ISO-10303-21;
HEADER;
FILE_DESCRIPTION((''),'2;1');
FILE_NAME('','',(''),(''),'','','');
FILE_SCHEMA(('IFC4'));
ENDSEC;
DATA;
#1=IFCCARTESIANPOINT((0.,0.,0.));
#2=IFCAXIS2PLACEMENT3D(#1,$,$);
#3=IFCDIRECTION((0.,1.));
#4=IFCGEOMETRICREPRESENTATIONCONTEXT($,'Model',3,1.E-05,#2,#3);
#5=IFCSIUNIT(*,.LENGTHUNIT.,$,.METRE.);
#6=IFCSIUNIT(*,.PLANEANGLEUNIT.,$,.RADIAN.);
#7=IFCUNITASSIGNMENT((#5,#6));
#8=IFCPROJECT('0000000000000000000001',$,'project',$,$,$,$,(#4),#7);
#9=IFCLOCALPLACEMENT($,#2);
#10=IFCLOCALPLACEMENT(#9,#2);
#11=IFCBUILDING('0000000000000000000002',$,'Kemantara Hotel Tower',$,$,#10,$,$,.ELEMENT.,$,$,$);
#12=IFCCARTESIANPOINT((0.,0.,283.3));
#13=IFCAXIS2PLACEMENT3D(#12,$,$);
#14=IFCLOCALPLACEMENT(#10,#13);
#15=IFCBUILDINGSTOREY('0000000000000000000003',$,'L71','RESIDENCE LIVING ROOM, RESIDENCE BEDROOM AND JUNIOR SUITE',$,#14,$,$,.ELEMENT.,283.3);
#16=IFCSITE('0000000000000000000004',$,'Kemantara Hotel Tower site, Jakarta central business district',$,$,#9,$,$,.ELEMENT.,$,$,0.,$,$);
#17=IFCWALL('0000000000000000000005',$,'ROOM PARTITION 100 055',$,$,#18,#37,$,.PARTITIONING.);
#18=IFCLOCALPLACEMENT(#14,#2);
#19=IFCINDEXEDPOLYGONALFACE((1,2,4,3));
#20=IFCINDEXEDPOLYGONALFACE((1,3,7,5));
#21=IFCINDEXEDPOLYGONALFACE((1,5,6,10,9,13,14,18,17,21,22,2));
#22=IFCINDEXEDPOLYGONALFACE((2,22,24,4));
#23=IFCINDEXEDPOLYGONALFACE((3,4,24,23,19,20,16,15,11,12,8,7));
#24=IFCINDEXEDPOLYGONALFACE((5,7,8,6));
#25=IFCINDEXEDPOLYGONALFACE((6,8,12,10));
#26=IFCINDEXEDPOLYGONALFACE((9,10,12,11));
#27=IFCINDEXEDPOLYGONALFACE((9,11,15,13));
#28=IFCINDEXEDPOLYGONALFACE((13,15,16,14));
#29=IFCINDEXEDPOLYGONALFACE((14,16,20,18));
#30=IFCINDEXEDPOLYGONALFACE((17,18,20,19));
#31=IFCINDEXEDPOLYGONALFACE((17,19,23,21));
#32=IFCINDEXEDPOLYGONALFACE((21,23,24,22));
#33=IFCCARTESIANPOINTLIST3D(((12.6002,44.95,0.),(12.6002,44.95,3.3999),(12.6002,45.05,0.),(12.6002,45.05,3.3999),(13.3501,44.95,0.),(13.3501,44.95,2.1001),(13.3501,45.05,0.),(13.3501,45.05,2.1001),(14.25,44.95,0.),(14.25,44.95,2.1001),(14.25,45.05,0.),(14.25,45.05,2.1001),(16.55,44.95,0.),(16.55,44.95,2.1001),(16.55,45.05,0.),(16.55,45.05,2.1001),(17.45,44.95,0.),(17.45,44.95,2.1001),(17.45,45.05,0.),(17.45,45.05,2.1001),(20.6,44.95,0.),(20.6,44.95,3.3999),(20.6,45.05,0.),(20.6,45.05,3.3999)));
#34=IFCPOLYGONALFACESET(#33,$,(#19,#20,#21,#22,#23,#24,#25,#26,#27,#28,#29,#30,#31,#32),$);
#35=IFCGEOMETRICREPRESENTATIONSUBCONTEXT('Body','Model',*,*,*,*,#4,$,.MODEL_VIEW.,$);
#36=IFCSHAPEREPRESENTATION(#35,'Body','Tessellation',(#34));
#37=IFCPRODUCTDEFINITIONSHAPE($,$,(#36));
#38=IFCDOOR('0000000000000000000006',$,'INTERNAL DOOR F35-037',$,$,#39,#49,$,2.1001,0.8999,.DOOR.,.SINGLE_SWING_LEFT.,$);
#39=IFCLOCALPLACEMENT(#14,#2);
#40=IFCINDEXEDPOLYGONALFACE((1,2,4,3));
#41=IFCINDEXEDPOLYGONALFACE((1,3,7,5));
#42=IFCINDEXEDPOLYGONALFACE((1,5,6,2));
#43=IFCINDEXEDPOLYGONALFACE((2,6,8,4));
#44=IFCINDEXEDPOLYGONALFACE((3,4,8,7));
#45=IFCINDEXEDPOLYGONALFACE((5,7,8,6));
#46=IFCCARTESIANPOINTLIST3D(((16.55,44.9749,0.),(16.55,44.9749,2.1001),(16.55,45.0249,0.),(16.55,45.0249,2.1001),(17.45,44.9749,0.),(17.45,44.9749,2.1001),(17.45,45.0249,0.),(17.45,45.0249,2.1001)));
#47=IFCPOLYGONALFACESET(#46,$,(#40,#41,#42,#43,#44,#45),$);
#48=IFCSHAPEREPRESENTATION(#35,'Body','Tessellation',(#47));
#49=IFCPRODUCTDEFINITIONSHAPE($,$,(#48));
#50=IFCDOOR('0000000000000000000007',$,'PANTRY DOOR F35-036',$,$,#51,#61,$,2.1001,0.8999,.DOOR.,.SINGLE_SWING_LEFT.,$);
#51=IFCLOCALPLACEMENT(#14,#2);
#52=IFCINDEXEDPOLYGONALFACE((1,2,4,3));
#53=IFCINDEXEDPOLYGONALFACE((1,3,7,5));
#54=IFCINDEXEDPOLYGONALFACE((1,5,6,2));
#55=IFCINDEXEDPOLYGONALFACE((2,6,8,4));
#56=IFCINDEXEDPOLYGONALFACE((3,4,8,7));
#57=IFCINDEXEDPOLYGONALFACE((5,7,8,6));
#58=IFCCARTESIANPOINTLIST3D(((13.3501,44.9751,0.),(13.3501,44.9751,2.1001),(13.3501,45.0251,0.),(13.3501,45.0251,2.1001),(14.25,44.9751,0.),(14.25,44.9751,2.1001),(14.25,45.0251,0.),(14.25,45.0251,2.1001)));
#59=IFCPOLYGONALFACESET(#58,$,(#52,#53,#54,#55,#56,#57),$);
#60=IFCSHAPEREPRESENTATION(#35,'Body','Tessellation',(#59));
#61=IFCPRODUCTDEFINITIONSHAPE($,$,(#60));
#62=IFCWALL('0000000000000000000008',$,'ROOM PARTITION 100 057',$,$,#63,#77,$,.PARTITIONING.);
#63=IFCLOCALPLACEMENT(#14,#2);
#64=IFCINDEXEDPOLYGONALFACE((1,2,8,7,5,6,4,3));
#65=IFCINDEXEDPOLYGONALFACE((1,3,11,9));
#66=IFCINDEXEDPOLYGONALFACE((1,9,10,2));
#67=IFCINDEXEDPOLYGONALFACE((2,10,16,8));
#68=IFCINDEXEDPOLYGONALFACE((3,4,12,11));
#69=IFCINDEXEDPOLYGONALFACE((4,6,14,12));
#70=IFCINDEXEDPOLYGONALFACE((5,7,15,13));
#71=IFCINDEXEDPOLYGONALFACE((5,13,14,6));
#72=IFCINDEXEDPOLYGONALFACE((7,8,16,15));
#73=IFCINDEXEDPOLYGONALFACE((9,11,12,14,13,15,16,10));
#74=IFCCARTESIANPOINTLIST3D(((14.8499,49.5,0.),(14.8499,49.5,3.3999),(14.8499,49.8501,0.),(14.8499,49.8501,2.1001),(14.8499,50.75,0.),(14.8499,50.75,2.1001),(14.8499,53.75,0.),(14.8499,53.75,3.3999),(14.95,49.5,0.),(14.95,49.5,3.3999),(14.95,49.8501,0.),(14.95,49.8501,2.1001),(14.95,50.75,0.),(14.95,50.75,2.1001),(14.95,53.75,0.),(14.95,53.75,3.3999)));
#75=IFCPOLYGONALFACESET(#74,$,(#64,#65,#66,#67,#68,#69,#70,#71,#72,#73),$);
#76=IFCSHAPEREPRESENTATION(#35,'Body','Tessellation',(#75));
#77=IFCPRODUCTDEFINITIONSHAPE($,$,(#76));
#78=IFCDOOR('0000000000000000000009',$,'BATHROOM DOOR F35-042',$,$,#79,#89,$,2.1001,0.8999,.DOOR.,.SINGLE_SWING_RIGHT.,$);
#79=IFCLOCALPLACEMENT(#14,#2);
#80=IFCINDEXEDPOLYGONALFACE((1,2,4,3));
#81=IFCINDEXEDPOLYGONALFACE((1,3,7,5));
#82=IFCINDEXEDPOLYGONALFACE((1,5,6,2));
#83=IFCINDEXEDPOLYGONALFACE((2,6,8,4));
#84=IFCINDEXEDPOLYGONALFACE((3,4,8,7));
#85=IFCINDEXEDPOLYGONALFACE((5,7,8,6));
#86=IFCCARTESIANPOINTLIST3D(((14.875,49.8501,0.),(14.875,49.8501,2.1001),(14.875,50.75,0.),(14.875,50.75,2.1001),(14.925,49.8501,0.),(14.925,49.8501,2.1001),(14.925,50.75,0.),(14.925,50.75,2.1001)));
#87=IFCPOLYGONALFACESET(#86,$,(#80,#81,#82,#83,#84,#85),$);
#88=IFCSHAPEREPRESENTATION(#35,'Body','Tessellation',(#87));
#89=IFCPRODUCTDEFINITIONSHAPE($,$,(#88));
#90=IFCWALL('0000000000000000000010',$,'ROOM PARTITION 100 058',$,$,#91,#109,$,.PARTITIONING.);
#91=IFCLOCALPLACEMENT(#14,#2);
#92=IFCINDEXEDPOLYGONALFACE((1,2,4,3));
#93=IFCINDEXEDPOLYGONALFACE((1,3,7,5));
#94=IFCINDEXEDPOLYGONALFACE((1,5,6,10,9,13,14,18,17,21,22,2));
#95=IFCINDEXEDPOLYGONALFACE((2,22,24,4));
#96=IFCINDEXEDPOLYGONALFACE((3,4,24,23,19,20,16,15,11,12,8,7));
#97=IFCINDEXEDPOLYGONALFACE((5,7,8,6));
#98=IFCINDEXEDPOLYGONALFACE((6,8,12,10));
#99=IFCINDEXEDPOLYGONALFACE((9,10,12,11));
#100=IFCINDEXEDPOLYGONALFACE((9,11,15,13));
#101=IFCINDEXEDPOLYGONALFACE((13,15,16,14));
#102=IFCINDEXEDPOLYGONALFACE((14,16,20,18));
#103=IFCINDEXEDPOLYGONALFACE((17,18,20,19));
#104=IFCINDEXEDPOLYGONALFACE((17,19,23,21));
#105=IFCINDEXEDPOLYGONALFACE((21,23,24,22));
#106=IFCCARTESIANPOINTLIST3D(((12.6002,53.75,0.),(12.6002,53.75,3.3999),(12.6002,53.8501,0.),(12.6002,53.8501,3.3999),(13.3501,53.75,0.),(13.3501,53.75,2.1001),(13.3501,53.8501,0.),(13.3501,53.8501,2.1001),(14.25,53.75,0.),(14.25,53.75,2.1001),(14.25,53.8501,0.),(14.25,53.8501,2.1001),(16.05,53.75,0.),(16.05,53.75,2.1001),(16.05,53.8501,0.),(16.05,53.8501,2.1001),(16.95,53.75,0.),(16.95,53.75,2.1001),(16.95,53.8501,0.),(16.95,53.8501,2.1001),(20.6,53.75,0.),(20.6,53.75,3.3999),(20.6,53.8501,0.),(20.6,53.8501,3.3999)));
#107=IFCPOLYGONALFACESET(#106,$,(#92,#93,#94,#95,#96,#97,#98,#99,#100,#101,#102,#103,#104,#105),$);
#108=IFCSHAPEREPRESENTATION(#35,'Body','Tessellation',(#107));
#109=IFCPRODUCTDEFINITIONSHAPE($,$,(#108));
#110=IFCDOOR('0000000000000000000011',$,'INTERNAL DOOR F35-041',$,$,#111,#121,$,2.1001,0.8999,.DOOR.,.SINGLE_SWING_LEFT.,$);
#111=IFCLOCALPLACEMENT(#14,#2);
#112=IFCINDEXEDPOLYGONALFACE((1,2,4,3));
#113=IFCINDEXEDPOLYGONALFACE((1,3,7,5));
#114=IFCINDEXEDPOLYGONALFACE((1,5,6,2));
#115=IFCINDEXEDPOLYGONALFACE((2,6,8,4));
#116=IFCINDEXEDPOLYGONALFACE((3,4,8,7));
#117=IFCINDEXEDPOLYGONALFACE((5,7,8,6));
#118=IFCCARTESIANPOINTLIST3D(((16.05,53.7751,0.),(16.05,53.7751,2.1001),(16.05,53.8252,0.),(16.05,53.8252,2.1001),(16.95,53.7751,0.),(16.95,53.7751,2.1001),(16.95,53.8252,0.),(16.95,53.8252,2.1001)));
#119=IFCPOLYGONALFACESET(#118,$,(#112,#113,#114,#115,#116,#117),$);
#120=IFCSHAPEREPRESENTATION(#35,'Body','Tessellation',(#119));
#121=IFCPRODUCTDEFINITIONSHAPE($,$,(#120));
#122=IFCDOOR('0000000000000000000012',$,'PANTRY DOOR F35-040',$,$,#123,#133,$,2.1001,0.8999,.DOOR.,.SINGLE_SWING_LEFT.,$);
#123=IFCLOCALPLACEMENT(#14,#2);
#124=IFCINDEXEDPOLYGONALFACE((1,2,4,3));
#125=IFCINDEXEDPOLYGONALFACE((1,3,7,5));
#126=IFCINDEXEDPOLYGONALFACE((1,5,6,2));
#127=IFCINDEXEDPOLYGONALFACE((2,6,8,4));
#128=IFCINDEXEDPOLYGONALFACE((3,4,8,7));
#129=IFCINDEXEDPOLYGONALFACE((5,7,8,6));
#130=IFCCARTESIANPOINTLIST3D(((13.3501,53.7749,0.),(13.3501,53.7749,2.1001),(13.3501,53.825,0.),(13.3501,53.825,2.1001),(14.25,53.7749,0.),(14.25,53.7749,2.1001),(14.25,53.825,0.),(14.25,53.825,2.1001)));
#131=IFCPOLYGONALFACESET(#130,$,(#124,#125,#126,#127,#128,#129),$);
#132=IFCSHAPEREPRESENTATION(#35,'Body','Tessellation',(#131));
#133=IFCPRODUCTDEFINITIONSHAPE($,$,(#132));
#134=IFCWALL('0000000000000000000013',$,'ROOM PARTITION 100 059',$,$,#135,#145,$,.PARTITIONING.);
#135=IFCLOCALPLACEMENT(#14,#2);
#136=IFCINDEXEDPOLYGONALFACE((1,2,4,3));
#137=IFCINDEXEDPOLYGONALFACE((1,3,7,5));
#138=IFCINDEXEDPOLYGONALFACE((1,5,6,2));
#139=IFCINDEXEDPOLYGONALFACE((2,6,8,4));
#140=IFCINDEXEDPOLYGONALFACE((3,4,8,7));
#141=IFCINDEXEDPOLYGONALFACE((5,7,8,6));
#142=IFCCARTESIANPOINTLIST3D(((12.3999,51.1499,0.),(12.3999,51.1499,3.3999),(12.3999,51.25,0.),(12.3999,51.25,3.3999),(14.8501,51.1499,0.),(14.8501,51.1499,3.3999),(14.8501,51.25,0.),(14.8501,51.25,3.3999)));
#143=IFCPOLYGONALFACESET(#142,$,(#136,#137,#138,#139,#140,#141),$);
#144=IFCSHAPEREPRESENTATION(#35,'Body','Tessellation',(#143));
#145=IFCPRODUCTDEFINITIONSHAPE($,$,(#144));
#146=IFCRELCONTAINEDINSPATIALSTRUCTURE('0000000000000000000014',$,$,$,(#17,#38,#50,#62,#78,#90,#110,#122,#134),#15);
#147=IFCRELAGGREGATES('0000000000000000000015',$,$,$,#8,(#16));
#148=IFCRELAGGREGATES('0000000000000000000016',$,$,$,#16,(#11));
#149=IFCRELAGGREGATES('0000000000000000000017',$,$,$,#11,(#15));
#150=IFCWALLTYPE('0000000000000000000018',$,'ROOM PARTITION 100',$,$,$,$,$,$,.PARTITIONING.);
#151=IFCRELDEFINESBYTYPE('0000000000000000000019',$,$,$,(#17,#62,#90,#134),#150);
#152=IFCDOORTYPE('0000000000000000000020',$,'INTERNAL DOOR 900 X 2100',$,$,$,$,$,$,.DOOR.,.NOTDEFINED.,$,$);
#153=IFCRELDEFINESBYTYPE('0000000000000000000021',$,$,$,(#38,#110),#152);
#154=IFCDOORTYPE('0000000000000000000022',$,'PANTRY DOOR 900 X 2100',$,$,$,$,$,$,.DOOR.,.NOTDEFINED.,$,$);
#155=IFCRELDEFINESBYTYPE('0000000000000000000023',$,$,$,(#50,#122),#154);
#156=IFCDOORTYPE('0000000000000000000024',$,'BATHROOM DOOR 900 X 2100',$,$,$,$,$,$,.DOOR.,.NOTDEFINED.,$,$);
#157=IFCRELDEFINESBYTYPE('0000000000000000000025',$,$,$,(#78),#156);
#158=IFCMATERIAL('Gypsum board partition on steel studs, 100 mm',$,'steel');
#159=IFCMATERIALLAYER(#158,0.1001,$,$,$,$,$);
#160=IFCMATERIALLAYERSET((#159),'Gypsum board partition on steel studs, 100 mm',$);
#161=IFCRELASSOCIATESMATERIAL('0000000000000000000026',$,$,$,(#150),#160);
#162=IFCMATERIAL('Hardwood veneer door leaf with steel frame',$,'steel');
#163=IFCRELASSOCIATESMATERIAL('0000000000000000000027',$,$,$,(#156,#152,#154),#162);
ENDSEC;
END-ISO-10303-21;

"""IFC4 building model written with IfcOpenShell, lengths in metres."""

from ifc_helpers import new_model, si_unit, direction, frame, frame_2d, origin, place, context, subcontext, project, spatial, rectangle, extrude, material, layer, layer_set, type_object, element, fill, save


model = new_model("IFC4")

# Units and contexts
model_context = context("Model", 3, precision=1e-05, world=origin(), true_north=direction((0.0, 1.0)))
body_context = subcontext(model_context, "Body", "Model", "MODEL_VIEW")
ifc_project = project(units=[si_unit("LENGTHUNIT", "METRE"), si_unit("PLANEANGLEUNIT", "RADIAN")], contexts=[model_context])

# Site, building, storey
site_placement = place(None, origin())
site = spatial("IfcSite", under=ifc_project, at=site_placement, Name="Kemantara Hotel Tower site, Jakarta central business district", CompositionType="ELEMENT", RefElevation=0.0)
building_placement = place(site_placement, origin())
building = spatial("IfcBuilding", under=site, at=building_placement, Name="Kemantara Hotel Tower", CompositionType="ELEMENT")
storey_placement = place(building_placement, frame((0.0, 0.0, 283.3)))
storey = spatial("IfcBuildingStorey", under=building, at=storey_placement, Name="L71", Description="RESIDENCE LIVING ROOM, RESIDENCE BEDROOM AND JUNIOR SUITE", CompositionType="ELEMENT", Elevation=283.3)

# Shared definitions
ifc_material_1 = material(Name="Gypsum board partition on steel studs, 100 mm", Category="steel")
ifc_layer_1 = layer(ifc_material_1, 0.1001)
ifc_layer_set_1 = layer_set([ifc_layer_1], Name="Gypsum board partition on steel studs, 100 mm")
wall_type = type_object("IfcWallType", Name="ROOM PARTITION 100", PredefinedType="PARTITIONING", material=ifc_layer_set_1)
ifc_material_2 = material(Name="Hardwood veneer door leaf with steel frame", Category="steel")
door_type_1 = type_object("IfcDoorType", Name="BATHROOM DOOR 900 X 2100", OperationType="NOTDEFINED", PredefinedType="DOOR", material=ifc_material_2)

# Wall, openings, doors
wall_1_placement = place(storey_placement, frame((12.6001, 45.0, 0.0), z_axis=(0.0, 0.0, 1.0), x_axis=(1.0, 0.0, 0.0)))
wall_1 = element("IfcWall", 1, at=wall_1_placement, inside=storey, type_object=wall_type, Name="ROOM PARTITION 100 055", PredefinedType="PARTITIONING", context=body_context, shape_type="SweptSolid", body=[
    extrude(rectangle(XDim=7.9998, YDim=0.1001, at=frame_2d((4.0, 0.0))), origin(), (0.0, 0.0, 1.0), 3.3999),
])
opening_1_placement = place(wall_1_placement, frame((0.75, 0.0, 0.0)))
opening_1 = element("IfcOpeningElement", 2, at=opening_1_placement, cuts=wall_1, PredefinedType="OPENING", context=body_context, shape_type="SweptSolid", body=[
    extrude(rectangle(XDim=0.8999, YDim=2.1001, at=frame_2d((0.45, 1.05))), frame((0.0, 0.0601, 0.0), z_axis=(0.0, -1.0, 0.0), x_axis=(1.0, 0.0, 0.0)), (0.0, 0.0, 1.0), 0.1201),
])
opening_2_placement = place(wall_1_placement, frame((3.95, 0.0, 0.0)))
opening_2 = element("IfcOpeningElement", 3, at=opening_2_placement, cuts=wall_1, PredefinedType="OPENING", context=body_context, shape_type="SweptSolid", body=[
    extrude(rectangle(XDim=0.8999, YDim=2.1001, at=frame_2d((0.45, 1.05))), frame((0.0, 0.0601, 0.0), z_axis=(0.0, -1.0, 0.0), x_axis=(1.0, 0.0, 0.0)), (0.0, 0.0, 1.0), 0.1201),
])
door_type_2 = type_object("IfcDoorType", Name="INTERNAL DOOR 900 X 2100", OperationType="NOTDEFINED", PredefinedType="DOOR", material=ifc_material_2)
door_1_placement = place(opening_2_placement, origin())
door_1 = element("IfcDoor", 4, at=door_1_placement, inside=storey, type_object=door_type_2, Name="INTERNAL DOOR F35-037", OperationType="SINGLE_SWING_LEFT", OverallHeight=2.1001, OverallWidth=0.8999, PredefinedType="DOOR", context=body_context, shape_type="SweptSolid", body=[
    extrude(rectangle(XDim=0.8999, YDim=2.1001, at=frame_2d((0.45, 1.05))), frame((0.0, 0.0249, 0.0), z_axis=(0.0, -1.0, 0.0), x_axis=(1.0, 0.0, 0.0)), (0.0, 0.0, 1.0), 0.05),
])
fill(opening_2, door_1)
door_type_3 = type_object("IfcDoorType", Name="PANTRY DOOR 900 X 2100", OperationType="NOTDEFINED", PredefinedType="DOOR", material=ifc_material_2)
door_2_placement = place(opening_1_placement, frame((0.8999, 0.0, 0.0), z_axis=(0.0, 0.0, 1.0), x_axis=(-1.0, 0.0, 0.0)))
door_2 = element("IfcDoor", 5, at=door_2_placement, inside=storey, type_object=door_type_3, Name="PANTRY DOOR F35-036", OperationType="SINGLE_SWING_LEFT", OverallHeight=2.1001, OverallWidth=0.8999, PredefinedType="DOOR", context=body_context, shape_type="SweptSolid", body=[
    extrude(rectangle(XDim=0.8999, YDim=2.1001, at=frame_2d((0.45, 1.05))), frame((0.0, 0.0249, 0.0), z_axis=(0.0, -1.0, 0.0), x_axis=(1.0, 0.0, 0.0)), (0.0, 0.0, 1.0), 0.05),
])
fill(opening_1, door_2)

# Wall, opening, door
wall_2_placement = place(storey_placement, frame((14.8999, 49.5, 0.0), z_axis=(0.0, 0.0, 1.0), x_axis=(0.0, 1.0, 0.0)))
wall_2 = element("IfcWall", 6, at=wall_2_placement, inside=storey, type_object=wall_type, Name="ROOM PARTITION 100 057", PredefinedType="PARTITIONING", context=body_context, shape_type="SweptSolid", body=[
    extrude(rectangle(XDim=4.25, YDim=0.1001, at=frame_2d((2.125, 0.0))), origin(), (0.0, 0.0, 1.0), 3.3999),
])
opening_3_placement = place(wall_2_placement, frame((0.3501, 0.0, 0.0)))
opening_3 = element("IfcOpeningElement", 7, at=opening_3_placement, cuts=wall_2, PredefinedType="OPENING", context=body_context, shape_type="SweptSolid", body=[
    extrude(rectangle(XDim=0.8999, YDim=2.1001, at=frame_2d((0.45, 1.05))), frame((0.0, 0.0601, 0.0), z_axis=(0.0, -1.0, 0.0), x_axis=(1.0, 0.0, 0.0)), (0.0, 0.0, 1.0), 0.1201),
])
door_3_placement = place(opening_3_placement, origin())
door_3 = element("IfcDoor", 8, at=door_3_placement, inside=storey, type_object=door_type_1, Name="BATHROOM DOOR F35-042", OperationType="SINGLE_SWING_RIGHT", OverallHeight=2.1001, OverallWidth=0.8999, PredefinedType="DOOR", context=body_context, shape_type="SweptSolid", body=[
    extrude(rectangle(XDim=0.8999, YDim=2.1001, at=frame_2d((0.45, 1.05))), frame((0.0, 0.0249, 0.0), z_axis=(0.0, -1.0, 0.0), x_axis=(1.0, 0.0, 0.0)), (0.0, 0.0, 1.0), 0.05),
])
fill(opening_3, door_3)

# Wall, openings, doors
wall_3_placement = place(storey_placement, frame((12.6001, 53.8, 0.0), z_axis=(0.0, 0.0, 1.0), x_axis=(1.0, 0.0, 0.0)))
wall_3 = element("IfcWall", 9, at=wall_3_placement, inside=storey, type_object=wall_type, Name="ROOM PARTITION 100 058", PredefinedType="PARTITIONING", context=body_context, shape_type="SweptSolid", body=[
    extrude(rectangle(XDim=7.9998, YDim=0.1001, at=frame_2d((4.0, 0.0))), origin(), (0.0, 0.0, 1.0), 3.3999),
])
opening_4_placement = place(wall_3_placement, frame((0.75, 0.0, 0.0)))
opening_4 = element("IfcOpeningElement", 10, at=opening_4_placement, cuts=wall_3, PredefinedType="OPENING", context=body_context, shape_type="SweptSolid", body=[
    extrude(rectangle(XDim=0.8999, YDim=2.1001, at=frame_2d((0.45, 1.05))), frame((0.0, 0.0601, 0.0), z_axis=(0.0, -1.0, 0.0), x_axis=(1.0, 0.0, 0.0)), (0.0, 0.0, 1.0), 0.1201),
])
opening_5_placement = place(wall_3_placement, frame((3.45, 0.0, 0.0)))
opening_5 = element("IfcOpeningElement", 11, at=opening_5_placement, cuts=wall_3, PredefinedType="OPENING", context=body_context, shape_type="SweptSolid", body=[
    extrude(rectangle(XDim=0.8999, YDim=2.1001, at=frame_2d((0.45, 1.05))), frame((0.0, 0.0601, 0.0), z_axis=(0.0, -1.0, 0.0), x_axis=(1.0, 0.0, 0.0)), (0.0, 0.0, 1.0), 0.1201),
])
door_4_placement = place(opening_5_placement, frame((0.8999, 0.0, 0.0), z_axis=(0.0, 0.0, 1.0), x_axis=(-1.0, 0.0, 0.0)))
door_4 = element("IfcDoor", 12, at=door_4_placement, inside=storey, type_object=door_type_2, Name="INTERNAL DOOR F35-041", OperationType="SINGLE_SWING_LEFT", OverallHeight=2.1001, OverallWidth=0.8999, PredefinedType="DOOR", context=body_context, shape_type="SweptSolid", body=[
    extrude(rectangle(XDim=0.8999, YDim=2.1001, at=frame_2d((0.45, 1.05))), frame((0.0, 0.0249, 0.0), z_axis=(0.0, -1.0, 0.0), x_axis=(1.0, 0.0, 0.0)), (0.0, 0.0, 1.0), 0.05),
])
fill(opening_5, door_4)
door_5_placement = place(opening_4_placement, origin())
door_5 = element("IfcDoor", 13, at=door_5_placement, inside=storey, type_object=door_type_3, Name="PANTRY DOOR F35-040", OperationType="SINGLE_SWING_LEFT", OverallHeight=2.1001, OverallWidth=0.8999, PredefinedType="DOOR", context=body_context, shape_type="SweptSolid", body=[
    extrude(rectangle(XDim=0.8999, YDim=2.1001, at=frame_2d((0.45, 1.05))), frame((0.0, 0.0249, 0.0), z_axis=(0.0, -1.0, 0.0), x_axis=(1.0, 0.0, 0.0)), (0.0, 0.0, 1.0), 0.05),
])
fill(opening_4, door_5)

# Wall
wall_4_placement = place(storey_placement, frame((12.3999, 51.2, 0.0), z_axis=(0.0, 0.0, 1.0), x_axis=(1.0, 0.0, 0.0)))
element("IfcWall", 14, at=wall_4_placement, inside=storey, type_object=wall_type, Name="ROOM PARTITION 100 059", PredefinedType="PARTITIONING", context=body_context, shape_type="SweptSolid", body=[
    extrude(rectangle(XDim=2.4502, YDim=0.1001, at=frame_2d((1.2251, 0.0))), origin(), (0.0, 0.0, 1.0), 3.3999),
])

save(model, "model.ifc")
